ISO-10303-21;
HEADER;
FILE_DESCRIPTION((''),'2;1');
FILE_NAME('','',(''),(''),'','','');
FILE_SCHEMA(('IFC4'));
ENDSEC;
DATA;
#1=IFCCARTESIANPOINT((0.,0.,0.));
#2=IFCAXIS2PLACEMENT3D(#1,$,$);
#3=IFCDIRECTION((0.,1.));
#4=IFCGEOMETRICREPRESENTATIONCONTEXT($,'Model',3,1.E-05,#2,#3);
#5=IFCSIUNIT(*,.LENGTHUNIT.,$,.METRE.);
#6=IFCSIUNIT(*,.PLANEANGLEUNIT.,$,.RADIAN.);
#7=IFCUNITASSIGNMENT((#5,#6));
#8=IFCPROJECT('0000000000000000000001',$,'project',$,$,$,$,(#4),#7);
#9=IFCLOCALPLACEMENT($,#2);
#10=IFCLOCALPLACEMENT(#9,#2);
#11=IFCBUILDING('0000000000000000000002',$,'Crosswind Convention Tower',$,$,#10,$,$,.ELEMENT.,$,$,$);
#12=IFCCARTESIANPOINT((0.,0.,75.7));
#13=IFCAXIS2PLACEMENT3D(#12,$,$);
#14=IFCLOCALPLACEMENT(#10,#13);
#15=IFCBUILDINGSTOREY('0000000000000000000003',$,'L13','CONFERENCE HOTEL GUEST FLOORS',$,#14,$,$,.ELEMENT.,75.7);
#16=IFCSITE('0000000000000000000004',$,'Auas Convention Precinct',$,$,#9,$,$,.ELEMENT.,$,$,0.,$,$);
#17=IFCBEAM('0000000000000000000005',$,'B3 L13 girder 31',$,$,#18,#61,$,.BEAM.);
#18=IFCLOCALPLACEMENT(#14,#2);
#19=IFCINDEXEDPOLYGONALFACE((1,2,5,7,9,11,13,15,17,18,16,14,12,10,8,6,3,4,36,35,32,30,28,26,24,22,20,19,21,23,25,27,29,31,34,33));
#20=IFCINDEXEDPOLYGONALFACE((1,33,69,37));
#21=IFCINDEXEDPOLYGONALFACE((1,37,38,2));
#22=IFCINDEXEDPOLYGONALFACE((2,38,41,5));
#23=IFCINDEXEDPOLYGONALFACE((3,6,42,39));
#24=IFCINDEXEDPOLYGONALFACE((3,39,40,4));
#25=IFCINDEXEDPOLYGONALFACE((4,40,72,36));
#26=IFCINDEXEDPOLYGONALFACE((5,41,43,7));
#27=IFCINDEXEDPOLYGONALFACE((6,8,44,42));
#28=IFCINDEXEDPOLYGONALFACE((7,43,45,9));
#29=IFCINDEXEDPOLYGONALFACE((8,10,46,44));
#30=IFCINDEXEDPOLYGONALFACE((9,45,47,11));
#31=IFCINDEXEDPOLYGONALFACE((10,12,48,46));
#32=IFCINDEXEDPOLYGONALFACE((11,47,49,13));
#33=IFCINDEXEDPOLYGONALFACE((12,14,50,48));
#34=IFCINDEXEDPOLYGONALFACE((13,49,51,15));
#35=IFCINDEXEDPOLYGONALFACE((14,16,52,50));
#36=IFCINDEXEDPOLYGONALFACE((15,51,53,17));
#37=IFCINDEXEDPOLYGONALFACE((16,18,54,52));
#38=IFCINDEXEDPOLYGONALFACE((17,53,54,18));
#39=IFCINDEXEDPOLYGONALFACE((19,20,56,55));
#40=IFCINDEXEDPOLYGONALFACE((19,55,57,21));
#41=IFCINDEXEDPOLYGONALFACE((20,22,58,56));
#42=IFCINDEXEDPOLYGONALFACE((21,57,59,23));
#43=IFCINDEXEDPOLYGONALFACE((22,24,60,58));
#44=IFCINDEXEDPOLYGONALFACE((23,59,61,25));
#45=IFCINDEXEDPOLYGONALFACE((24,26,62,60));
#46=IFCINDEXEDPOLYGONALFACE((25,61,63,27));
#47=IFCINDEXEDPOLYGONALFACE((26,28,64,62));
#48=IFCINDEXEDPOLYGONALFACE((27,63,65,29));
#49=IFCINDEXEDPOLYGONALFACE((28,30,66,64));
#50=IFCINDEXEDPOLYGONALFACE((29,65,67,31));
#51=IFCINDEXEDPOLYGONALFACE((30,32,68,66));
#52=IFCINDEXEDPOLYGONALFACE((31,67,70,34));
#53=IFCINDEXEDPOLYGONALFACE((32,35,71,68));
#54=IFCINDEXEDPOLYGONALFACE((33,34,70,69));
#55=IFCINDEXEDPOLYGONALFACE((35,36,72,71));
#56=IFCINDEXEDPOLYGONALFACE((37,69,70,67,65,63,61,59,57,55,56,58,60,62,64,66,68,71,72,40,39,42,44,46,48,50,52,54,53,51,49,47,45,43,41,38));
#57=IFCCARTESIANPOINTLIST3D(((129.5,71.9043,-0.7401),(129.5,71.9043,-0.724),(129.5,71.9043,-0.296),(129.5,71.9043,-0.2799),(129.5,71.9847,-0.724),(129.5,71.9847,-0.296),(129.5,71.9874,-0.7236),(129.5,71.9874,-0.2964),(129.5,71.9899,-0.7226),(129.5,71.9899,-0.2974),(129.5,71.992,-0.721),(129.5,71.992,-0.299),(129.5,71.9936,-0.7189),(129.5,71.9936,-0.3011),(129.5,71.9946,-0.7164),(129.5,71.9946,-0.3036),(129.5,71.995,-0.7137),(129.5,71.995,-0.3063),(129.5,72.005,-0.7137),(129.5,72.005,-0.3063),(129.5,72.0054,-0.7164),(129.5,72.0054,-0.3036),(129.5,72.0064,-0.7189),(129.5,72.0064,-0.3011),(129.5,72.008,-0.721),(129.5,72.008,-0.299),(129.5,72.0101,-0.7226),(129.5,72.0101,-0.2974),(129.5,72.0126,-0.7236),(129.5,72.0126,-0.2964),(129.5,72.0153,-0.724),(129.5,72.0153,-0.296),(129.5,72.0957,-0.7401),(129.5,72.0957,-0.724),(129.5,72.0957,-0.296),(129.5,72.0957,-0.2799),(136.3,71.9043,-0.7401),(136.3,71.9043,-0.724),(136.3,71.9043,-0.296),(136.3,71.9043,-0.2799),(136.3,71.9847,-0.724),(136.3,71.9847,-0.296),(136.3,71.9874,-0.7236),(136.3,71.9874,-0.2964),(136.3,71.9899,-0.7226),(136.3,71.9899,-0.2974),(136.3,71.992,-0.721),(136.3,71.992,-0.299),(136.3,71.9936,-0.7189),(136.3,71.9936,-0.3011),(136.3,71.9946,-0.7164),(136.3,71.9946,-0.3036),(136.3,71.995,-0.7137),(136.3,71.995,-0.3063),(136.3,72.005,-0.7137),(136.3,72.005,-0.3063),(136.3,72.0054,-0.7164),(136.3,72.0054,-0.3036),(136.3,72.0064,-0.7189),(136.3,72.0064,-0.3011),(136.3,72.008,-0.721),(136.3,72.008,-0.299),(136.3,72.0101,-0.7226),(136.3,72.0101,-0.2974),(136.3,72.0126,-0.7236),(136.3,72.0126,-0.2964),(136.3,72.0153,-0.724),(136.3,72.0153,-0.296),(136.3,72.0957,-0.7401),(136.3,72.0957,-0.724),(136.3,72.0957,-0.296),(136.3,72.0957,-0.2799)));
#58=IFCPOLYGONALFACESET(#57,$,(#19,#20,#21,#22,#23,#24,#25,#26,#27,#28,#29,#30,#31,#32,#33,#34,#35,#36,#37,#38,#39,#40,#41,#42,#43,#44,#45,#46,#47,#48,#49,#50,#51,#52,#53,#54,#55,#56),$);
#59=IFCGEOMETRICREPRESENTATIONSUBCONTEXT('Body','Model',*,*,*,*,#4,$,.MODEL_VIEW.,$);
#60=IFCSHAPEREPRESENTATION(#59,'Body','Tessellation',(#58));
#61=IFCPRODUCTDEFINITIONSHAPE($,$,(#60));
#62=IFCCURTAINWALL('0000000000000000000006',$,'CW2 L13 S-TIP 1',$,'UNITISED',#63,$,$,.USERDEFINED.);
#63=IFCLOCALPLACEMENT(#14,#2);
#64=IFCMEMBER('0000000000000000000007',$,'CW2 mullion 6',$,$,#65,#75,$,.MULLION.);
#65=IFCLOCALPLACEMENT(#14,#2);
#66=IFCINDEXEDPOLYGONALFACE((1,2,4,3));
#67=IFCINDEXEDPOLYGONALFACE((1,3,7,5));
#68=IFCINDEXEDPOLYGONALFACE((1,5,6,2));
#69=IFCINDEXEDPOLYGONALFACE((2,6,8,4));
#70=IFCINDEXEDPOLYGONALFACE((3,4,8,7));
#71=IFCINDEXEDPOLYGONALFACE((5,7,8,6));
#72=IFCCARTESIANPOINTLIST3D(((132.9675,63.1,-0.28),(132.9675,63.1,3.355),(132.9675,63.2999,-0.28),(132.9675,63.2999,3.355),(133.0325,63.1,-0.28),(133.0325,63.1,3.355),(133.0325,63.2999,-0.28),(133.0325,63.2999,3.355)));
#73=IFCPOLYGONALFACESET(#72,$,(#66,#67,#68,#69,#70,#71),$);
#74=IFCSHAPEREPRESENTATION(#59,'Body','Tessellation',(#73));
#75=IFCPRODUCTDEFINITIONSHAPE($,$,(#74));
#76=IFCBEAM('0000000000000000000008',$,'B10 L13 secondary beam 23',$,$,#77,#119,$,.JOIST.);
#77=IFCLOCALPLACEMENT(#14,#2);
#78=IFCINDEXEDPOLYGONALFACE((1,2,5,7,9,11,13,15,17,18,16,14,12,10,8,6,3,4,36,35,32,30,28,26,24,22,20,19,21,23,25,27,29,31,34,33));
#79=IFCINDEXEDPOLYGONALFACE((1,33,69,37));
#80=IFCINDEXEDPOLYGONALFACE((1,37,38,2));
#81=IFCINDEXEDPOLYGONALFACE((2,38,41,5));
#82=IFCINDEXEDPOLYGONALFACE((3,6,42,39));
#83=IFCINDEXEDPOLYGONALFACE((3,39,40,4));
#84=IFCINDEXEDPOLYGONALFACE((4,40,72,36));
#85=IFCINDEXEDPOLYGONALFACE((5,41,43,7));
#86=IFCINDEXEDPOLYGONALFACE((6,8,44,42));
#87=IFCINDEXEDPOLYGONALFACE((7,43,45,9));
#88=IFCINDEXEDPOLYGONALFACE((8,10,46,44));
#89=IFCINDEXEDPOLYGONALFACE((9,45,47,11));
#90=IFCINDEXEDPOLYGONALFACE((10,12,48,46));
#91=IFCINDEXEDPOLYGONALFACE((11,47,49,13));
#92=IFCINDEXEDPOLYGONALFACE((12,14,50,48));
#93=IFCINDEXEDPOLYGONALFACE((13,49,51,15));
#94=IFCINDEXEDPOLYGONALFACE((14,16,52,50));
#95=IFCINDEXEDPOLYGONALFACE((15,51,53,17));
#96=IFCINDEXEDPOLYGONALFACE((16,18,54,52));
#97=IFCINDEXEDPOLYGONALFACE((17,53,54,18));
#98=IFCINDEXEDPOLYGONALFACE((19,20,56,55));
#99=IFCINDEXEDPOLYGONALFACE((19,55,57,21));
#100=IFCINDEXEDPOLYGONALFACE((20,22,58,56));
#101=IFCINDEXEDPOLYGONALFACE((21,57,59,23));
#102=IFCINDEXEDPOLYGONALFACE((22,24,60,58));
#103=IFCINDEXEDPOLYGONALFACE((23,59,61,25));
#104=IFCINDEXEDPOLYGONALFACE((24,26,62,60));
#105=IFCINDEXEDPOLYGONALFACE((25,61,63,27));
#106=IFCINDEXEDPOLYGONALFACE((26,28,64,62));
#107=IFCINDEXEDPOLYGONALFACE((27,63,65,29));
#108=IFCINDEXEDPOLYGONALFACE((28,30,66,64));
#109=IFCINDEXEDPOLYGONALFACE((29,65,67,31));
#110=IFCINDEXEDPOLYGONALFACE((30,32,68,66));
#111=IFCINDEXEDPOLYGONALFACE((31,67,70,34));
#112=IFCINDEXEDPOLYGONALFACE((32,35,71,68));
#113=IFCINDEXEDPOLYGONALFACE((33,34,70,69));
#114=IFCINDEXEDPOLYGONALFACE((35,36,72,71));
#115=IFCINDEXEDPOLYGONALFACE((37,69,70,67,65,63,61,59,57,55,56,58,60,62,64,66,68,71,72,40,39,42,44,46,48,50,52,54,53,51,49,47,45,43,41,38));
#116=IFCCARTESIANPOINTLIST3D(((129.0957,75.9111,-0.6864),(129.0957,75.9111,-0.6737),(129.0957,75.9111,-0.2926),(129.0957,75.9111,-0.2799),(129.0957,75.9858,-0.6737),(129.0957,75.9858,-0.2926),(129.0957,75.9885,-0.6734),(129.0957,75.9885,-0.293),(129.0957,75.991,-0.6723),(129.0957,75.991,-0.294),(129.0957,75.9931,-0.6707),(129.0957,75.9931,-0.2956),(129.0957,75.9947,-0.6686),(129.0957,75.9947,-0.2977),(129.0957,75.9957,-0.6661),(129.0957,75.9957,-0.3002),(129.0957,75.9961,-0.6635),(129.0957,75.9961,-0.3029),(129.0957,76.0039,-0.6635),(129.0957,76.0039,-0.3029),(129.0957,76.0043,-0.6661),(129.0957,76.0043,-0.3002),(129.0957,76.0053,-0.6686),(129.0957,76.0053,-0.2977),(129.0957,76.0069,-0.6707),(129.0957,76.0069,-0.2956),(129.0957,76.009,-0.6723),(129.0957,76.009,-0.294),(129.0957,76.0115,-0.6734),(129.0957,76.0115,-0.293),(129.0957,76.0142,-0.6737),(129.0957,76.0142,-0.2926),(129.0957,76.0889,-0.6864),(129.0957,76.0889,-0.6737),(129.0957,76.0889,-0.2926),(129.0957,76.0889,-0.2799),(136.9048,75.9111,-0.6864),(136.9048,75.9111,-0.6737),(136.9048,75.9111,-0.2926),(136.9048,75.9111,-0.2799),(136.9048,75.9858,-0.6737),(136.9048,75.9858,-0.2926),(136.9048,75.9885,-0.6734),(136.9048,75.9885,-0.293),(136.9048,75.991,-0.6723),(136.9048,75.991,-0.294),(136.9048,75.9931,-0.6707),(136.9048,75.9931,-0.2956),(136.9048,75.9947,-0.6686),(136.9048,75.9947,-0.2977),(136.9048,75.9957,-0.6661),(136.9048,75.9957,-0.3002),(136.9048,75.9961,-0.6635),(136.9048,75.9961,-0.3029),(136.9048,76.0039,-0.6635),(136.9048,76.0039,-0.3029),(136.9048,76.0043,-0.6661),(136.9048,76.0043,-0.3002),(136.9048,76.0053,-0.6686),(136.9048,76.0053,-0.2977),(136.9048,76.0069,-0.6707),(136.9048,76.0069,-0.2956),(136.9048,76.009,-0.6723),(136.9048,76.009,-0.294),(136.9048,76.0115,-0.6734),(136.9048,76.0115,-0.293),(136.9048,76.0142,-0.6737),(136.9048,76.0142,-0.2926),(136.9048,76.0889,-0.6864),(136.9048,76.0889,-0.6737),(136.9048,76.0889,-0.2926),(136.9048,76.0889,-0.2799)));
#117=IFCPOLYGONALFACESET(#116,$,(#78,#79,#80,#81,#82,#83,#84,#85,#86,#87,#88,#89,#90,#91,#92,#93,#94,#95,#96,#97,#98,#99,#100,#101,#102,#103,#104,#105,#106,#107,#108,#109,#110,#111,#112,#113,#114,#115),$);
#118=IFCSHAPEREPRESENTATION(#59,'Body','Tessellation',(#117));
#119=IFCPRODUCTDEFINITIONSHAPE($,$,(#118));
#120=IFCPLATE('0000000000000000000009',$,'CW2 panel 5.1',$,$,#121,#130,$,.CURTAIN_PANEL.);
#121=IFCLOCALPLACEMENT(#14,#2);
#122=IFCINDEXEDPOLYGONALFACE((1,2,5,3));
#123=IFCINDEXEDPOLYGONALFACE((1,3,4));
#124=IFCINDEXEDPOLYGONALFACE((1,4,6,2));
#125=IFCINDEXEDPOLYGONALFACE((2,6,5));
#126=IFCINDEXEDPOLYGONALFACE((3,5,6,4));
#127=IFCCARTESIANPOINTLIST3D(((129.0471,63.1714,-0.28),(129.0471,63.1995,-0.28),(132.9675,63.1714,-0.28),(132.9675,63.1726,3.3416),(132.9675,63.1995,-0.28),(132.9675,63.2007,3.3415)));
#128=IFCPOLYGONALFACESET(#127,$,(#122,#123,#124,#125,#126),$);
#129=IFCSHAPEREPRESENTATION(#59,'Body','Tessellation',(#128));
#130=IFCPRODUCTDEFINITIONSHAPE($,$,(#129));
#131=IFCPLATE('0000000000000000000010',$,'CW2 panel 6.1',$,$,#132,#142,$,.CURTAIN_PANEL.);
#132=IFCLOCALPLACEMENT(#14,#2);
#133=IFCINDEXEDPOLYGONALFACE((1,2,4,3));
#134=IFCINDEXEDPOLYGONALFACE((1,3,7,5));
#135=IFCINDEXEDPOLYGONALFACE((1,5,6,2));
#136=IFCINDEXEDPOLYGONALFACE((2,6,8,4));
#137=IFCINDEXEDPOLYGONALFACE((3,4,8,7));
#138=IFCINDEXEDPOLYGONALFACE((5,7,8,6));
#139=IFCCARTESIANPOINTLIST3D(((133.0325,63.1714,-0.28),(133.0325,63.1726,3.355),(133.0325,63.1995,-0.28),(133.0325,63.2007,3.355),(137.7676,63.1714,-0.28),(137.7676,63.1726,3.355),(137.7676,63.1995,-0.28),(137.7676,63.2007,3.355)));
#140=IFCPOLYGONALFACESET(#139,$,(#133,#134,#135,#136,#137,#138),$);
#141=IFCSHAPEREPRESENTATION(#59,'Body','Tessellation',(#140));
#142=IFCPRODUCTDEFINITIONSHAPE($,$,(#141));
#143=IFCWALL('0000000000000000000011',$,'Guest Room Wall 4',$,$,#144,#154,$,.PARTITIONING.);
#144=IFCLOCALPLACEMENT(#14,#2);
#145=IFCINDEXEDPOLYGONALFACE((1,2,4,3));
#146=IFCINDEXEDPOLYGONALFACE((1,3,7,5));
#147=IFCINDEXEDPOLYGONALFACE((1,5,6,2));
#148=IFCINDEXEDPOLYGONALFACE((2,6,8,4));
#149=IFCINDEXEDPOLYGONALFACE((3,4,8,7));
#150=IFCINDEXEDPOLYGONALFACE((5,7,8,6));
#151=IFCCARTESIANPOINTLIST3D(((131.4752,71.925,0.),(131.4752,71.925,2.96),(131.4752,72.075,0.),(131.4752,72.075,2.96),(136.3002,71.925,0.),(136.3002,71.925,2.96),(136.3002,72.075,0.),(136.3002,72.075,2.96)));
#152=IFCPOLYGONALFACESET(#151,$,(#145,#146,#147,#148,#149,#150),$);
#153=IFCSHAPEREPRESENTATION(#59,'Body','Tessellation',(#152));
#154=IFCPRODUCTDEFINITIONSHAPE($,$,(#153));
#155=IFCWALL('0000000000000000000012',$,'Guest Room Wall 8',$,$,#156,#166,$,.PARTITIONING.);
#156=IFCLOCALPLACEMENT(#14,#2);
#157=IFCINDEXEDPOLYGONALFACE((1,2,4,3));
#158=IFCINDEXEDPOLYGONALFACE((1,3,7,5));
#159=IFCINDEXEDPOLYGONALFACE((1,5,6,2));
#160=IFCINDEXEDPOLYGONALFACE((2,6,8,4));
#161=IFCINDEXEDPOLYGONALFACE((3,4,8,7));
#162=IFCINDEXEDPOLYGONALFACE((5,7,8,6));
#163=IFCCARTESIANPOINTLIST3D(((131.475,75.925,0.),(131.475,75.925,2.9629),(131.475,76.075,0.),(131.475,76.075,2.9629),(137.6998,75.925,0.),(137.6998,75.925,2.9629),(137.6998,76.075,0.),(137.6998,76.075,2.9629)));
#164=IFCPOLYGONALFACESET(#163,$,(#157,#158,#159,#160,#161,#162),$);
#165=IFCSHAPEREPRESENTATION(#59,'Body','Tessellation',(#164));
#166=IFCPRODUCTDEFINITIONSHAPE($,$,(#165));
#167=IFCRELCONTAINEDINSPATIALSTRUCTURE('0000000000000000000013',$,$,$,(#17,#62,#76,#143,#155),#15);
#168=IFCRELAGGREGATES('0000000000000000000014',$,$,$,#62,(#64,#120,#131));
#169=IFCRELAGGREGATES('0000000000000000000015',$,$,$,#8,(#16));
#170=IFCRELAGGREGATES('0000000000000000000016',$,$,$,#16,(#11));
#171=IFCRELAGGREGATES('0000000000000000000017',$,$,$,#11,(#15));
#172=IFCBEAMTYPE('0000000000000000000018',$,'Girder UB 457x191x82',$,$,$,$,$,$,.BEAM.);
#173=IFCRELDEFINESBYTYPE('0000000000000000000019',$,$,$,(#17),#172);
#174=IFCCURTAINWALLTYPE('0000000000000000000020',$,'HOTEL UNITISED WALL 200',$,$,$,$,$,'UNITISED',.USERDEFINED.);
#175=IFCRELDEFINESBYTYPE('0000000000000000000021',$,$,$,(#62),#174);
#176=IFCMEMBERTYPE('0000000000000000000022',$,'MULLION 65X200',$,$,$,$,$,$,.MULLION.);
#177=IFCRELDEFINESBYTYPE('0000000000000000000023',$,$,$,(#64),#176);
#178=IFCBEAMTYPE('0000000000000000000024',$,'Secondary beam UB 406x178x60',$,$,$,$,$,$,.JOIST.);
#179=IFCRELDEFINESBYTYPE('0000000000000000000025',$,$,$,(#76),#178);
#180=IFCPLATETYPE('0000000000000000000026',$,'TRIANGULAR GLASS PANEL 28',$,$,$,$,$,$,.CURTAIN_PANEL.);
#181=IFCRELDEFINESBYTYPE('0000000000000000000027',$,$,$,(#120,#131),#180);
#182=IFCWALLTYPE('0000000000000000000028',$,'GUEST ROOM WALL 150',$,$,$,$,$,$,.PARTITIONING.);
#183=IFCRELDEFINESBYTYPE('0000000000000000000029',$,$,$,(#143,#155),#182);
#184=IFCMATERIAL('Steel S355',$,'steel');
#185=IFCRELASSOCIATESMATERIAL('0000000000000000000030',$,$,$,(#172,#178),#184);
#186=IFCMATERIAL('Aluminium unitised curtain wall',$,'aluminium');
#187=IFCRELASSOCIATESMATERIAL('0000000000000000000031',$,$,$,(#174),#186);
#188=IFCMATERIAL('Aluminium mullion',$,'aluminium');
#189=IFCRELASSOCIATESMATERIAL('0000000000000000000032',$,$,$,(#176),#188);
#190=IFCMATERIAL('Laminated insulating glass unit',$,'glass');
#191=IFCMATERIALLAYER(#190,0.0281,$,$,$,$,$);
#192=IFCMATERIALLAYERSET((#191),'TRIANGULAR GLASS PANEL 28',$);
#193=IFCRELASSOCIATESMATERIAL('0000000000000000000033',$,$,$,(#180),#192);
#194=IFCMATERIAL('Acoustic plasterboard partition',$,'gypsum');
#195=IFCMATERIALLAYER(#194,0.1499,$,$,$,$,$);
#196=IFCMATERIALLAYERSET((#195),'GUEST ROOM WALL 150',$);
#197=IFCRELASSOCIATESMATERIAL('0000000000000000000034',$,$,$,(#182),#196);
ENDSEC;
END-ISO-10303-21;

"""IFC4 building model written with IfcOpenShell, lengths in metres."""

from ifc_helpers import new_model, si_unit, direction, frame, frame_2d, origin, origin_2d, place, context, subcontext, project, spatial, polyline, rectangle, i_section, outline, extrude, material, layer, layer_set, material_profile, profile_set, type_object, element, aggregate, save


model = new_model("IFC4")

# Units and contexts
model_context = context("Model", 3, precision=1e-05, world=origin(), true_north=direction((0.0, 1.0)))
body_context = subcontext(model_context, "Body", "Model", "MODEL_VIEW")
ifc_project = project(units=[si_unit("LENGTHUNIT", "METRE"), si_unit("PLANEANGLEUNIT", "RADIAN")], contexts=[model_context])

# Site, building, storey
site_placement = place(None, origin())
site = spatial("IfcSite", under=ifc_project, at=site_placement, Name="Auas Convention Precinct", CompositionType="ELEMENT", RefElevation=0.0)
building_placement = place(site_placement, origin())
building = spatial("IfcBuilding", under=site, at=building_placement, Name="Crosswind Convention Tower", CompositionType="ELEMENT")
storey_placement = place(building_placement, frame((0.0, 0.0, 75.7)))
storey = spatial("IfcBuildingStorey", under=building, at=storey_placement, Name="L13", Description="CONFERENCE HOTEL GUEST FLOORS", CompositionType="ELEMENT", Elevation=75.7)

# Beam
ifc_material_1 = material(Name="Steel S355", Category="steel")
ifc_material_profile_1 = material_profile(ifc_material_1, i_section(OverallWidth=0.1914, OverallDepth=0.4602, WebThickness=0.01, FlangeThickness=0.0161, FilletRadius=0.0103, at=origin_2d()), Name="UB 457x191x82")
ifc_profile_set_1 = profile_set([ifc_material_profile_1], Name="Steel S355")
beam_type_1 = type_object("IfcBeamType", Name="Girder UB 457x191x82", PredefinedType="BEAM", material=ifc_profile_set_1)
beam_1_placement = place(storey_placement, frame((129.5, 72.0, -0.51), z_axis=(1.0, 0.0, 0.0), x_axis=(0.0, 1.0, 0.0)))
element("IfcBeam", 1, at=beam_1_placement, inside=storey, type_object=beam_type_1, Name="B3 L13 girder 31", PredefinedType="BEAM", context=body_context, shape_type="SweptSolid", body=[
    extrude(i_section(OverallWidth=0.1914, OverallDepth=0.4602, WebThickness=0.01, FlangeThickness=0.0161, FilletRadius=0.0103, at=origin_2d()), origin(), (0.0, 0.0, 1.0), 6.8),
])

# Curtain wall, member
ifc_material_2 = material(Name="Aluminium unitised curtain wall", Category="aluminium")
curtain_wall_type = type_object("IfcCurtainWallType", Name="HOTEL UNITISED WALL 200", ElementType="UNITISED", PredefinedType="USERDEFINED", material=ifc_material_2)
curtain_wall_placement = place(storey_placement, origin())
curtain_wall = element("IfcCurtainWall", 2, at=curtain_wall_placement, inside=storey, type_object=curtain_wall_type, Name="CW2 L13 S-TIP 1", ObjectType="UNITISED", PredefinedType="USERDEFINED")
ifc_material_3 = material(Name="Aluminium mullion", Category="aluminium")
ifc_material_profile_2 = material_profile(ifc_material_3, rectangle(XDim=0.2, YDim=0.0649, at=origin_2d()), Name="AL 200X65")
ifc_profile_set_2 = profile_set([ifc_material_profile_2], Name="Aluminium mullion")
member_type = type_object("IfcMemberType", Name="MULLION 65X200", PredefinedType="MULLION", material=ifc_profile_set_2)
member_placement = place(storey_placement, frame((133.0, 63.2, -0.28), z_axis=(0.0, 0.0, 1.0), x_axis=(0.0, -1.0, 0.0)))
member = element("IfcMember", 3, at=member_placement, type_object=member_type, Name="CW2 mullion 6", PredefinedType="MULLION", context=body_context, shape_type="SweptSolid", body=[
    extrude(rectangle(XDim=0.2, YDim=0.0649, at=origin_2d()), origin(), (0.0, 0.0, 1.0), 3.635),
])

# Beam
ifc_material_profile_3 = material_profile(ifc_material_1, i_section(OverallWidth=0.1777, OverallDepth=0.4065, WebThickness=0.0078, FlangeThickness=0.0127, FilletRadius=0.0103, at=origin_2d()), Name="UB 406x178x60")
ifc_profile_set_3 = profile_set([ifc_material_profile_3], Name="Steel S355")
beam_type_2 = type_object("IfcBeamType", Name="Secondary beam UB 406x178x60", PredefinedType="JOIST", material=ifc_profile_set_3)
beam_2_placement = place(storey_placement, frame((129.0957, 76.0, -0.4832), z_axis=(1.0, 0.0, 0.0), x_axis=(0.0, 1.0, 0.0)))
element("IfcBeam", 4, at=beam_2_placement, inside=storey, type_object=beam_type_2, Name="B10 L13 secondary beam 23", PredefinedType="JOIST", context=body_context, shape_type="SweptSolid", body=[
    extrude(i_section(OverallWidth=0.1777, OverallDepth=0.4065, WebThickness=0.0078, FlangeThickness=0.0127, FilletRadius=0.0103, at=origin_2d()), origin(), (0.0, 0.0, 1.0), 7.8091),
])

# Plates
ifc_material_4 = material(Name="Laminated insulating glass unit", Category="glass")
ifc_layer_1 = layer(ifc_material_4, 0.0281)
ifc_layer_set_1 = layer_set([ifc_layer_1], Name="TRIANGULAR GLASS PANEL 28")
plate_type = type_object("IfcPlateType", Name="TRIANGULAR GLASS PANEL 28", PredefinedType="CURTAIN_PANEL", material=ifc_layer_set_1)
plate_1_placement = place(storey_placement, frame((132.9675, 63.1714, -0.28), z_axis=(0.0, -1.0, 0.000337), x_axis=(0.0, 0.000337, 1.0)))
plate_1 = element("IfcPlate", 5, at=plate_1_placement, type_object=plate_type, Name="CW2 panel 5.1", PredefinedType="CURTAIN_PANEL", context=body_context, shape_type="SweptSolid", body=[
    extrude(outline(polyline([(0.0, 0.0), (3.6216, 0.0), (0.0, 3.9204), (0.0, 0.0)])), origin(), (0.0, 0.0, -1.0), 0.0281),
])
plate_2_placement = place(storey_placement, frame((133.0325, 63.1714, -0.28), z_axis=(0.0, -1.0, 0.000336), x_axis=(1.0, 0.0, 0.0)))
plate_2 = element("IfcPlate", 6, at=plate_2_placement, type_object=plate_type, Name="CW2 panel 6.1", PredefinedType="CURTAIN_PANEL", context=body_context, shape_type="SweptSolid", body=[
    extrude(outline(polyline([(0.0, 0.0), (4.7351, 0.0), (4.7351, 3.635), (0.0, 3.635), (0.0, 0.0)])), origin(), (0.0, 0.0, -1.0), 0.0281),
])
aggregate(curtain_wall, [member, plate_1, plate_2])

# Walls
ifc_material_5 = material(Name="Acoustic plasterboard partition", Category="gypsum")
ifc_layer_2 = layer(ifc_material_5, 0.1499)
ifc_layer_set_2 = layer_set([ifc_layer_2], Name="GUEST ROOM WALL 150")
wall_type_1 = type_object("IfcWallType", Name="GUEST ROOM WALL 150", PredefinedType="PARTITIONING", material=ifc_layer_set_2)
wall_1_placement = place(storey_placement, frame((131.4751, 72.0, 0.0), z_axis=(0.0, 0.0, 1.0), x_axis=(1.0, 0.0, 0.0)))
element("IfcWall", 7, at=wall_1_placement, inside=storey, type_object=wall_type_1, Name="Guest Room Wall 4", PredefinedType="PARTITIONING", context=body_context, shape_type="SweptSolid", body=[
    extrude(rectangle(XDim=4.825, YDim=0.1499, at=frame_2d((2.4126, 0.0))), origin(), (0.0, 0.0, 1.0), 2.96),
])
wall_2_placement = place(storey_placement, frame((131.4751, 76.0, 0.0), z_axis=(0.0, 0.0, 1.0), x_axis=(1.0, 0.0, 0.0)))
element("IfcWall", 8, at=wall_2_placement, inside=storey, type_object=wall_type_1, Name="Guest Room Wall 8", PredefinedType="PARTITIONING", context=body_context, shape_type="SweptSolid", body=[
    extrude(rectangle(XDim=6.2249, YDim=0.1499, at=frame_2d((3.1123, 0.0))), origin(), (0.0, 0.0, 1.0), 2.9629),
])

save(model, "model.ifc")
